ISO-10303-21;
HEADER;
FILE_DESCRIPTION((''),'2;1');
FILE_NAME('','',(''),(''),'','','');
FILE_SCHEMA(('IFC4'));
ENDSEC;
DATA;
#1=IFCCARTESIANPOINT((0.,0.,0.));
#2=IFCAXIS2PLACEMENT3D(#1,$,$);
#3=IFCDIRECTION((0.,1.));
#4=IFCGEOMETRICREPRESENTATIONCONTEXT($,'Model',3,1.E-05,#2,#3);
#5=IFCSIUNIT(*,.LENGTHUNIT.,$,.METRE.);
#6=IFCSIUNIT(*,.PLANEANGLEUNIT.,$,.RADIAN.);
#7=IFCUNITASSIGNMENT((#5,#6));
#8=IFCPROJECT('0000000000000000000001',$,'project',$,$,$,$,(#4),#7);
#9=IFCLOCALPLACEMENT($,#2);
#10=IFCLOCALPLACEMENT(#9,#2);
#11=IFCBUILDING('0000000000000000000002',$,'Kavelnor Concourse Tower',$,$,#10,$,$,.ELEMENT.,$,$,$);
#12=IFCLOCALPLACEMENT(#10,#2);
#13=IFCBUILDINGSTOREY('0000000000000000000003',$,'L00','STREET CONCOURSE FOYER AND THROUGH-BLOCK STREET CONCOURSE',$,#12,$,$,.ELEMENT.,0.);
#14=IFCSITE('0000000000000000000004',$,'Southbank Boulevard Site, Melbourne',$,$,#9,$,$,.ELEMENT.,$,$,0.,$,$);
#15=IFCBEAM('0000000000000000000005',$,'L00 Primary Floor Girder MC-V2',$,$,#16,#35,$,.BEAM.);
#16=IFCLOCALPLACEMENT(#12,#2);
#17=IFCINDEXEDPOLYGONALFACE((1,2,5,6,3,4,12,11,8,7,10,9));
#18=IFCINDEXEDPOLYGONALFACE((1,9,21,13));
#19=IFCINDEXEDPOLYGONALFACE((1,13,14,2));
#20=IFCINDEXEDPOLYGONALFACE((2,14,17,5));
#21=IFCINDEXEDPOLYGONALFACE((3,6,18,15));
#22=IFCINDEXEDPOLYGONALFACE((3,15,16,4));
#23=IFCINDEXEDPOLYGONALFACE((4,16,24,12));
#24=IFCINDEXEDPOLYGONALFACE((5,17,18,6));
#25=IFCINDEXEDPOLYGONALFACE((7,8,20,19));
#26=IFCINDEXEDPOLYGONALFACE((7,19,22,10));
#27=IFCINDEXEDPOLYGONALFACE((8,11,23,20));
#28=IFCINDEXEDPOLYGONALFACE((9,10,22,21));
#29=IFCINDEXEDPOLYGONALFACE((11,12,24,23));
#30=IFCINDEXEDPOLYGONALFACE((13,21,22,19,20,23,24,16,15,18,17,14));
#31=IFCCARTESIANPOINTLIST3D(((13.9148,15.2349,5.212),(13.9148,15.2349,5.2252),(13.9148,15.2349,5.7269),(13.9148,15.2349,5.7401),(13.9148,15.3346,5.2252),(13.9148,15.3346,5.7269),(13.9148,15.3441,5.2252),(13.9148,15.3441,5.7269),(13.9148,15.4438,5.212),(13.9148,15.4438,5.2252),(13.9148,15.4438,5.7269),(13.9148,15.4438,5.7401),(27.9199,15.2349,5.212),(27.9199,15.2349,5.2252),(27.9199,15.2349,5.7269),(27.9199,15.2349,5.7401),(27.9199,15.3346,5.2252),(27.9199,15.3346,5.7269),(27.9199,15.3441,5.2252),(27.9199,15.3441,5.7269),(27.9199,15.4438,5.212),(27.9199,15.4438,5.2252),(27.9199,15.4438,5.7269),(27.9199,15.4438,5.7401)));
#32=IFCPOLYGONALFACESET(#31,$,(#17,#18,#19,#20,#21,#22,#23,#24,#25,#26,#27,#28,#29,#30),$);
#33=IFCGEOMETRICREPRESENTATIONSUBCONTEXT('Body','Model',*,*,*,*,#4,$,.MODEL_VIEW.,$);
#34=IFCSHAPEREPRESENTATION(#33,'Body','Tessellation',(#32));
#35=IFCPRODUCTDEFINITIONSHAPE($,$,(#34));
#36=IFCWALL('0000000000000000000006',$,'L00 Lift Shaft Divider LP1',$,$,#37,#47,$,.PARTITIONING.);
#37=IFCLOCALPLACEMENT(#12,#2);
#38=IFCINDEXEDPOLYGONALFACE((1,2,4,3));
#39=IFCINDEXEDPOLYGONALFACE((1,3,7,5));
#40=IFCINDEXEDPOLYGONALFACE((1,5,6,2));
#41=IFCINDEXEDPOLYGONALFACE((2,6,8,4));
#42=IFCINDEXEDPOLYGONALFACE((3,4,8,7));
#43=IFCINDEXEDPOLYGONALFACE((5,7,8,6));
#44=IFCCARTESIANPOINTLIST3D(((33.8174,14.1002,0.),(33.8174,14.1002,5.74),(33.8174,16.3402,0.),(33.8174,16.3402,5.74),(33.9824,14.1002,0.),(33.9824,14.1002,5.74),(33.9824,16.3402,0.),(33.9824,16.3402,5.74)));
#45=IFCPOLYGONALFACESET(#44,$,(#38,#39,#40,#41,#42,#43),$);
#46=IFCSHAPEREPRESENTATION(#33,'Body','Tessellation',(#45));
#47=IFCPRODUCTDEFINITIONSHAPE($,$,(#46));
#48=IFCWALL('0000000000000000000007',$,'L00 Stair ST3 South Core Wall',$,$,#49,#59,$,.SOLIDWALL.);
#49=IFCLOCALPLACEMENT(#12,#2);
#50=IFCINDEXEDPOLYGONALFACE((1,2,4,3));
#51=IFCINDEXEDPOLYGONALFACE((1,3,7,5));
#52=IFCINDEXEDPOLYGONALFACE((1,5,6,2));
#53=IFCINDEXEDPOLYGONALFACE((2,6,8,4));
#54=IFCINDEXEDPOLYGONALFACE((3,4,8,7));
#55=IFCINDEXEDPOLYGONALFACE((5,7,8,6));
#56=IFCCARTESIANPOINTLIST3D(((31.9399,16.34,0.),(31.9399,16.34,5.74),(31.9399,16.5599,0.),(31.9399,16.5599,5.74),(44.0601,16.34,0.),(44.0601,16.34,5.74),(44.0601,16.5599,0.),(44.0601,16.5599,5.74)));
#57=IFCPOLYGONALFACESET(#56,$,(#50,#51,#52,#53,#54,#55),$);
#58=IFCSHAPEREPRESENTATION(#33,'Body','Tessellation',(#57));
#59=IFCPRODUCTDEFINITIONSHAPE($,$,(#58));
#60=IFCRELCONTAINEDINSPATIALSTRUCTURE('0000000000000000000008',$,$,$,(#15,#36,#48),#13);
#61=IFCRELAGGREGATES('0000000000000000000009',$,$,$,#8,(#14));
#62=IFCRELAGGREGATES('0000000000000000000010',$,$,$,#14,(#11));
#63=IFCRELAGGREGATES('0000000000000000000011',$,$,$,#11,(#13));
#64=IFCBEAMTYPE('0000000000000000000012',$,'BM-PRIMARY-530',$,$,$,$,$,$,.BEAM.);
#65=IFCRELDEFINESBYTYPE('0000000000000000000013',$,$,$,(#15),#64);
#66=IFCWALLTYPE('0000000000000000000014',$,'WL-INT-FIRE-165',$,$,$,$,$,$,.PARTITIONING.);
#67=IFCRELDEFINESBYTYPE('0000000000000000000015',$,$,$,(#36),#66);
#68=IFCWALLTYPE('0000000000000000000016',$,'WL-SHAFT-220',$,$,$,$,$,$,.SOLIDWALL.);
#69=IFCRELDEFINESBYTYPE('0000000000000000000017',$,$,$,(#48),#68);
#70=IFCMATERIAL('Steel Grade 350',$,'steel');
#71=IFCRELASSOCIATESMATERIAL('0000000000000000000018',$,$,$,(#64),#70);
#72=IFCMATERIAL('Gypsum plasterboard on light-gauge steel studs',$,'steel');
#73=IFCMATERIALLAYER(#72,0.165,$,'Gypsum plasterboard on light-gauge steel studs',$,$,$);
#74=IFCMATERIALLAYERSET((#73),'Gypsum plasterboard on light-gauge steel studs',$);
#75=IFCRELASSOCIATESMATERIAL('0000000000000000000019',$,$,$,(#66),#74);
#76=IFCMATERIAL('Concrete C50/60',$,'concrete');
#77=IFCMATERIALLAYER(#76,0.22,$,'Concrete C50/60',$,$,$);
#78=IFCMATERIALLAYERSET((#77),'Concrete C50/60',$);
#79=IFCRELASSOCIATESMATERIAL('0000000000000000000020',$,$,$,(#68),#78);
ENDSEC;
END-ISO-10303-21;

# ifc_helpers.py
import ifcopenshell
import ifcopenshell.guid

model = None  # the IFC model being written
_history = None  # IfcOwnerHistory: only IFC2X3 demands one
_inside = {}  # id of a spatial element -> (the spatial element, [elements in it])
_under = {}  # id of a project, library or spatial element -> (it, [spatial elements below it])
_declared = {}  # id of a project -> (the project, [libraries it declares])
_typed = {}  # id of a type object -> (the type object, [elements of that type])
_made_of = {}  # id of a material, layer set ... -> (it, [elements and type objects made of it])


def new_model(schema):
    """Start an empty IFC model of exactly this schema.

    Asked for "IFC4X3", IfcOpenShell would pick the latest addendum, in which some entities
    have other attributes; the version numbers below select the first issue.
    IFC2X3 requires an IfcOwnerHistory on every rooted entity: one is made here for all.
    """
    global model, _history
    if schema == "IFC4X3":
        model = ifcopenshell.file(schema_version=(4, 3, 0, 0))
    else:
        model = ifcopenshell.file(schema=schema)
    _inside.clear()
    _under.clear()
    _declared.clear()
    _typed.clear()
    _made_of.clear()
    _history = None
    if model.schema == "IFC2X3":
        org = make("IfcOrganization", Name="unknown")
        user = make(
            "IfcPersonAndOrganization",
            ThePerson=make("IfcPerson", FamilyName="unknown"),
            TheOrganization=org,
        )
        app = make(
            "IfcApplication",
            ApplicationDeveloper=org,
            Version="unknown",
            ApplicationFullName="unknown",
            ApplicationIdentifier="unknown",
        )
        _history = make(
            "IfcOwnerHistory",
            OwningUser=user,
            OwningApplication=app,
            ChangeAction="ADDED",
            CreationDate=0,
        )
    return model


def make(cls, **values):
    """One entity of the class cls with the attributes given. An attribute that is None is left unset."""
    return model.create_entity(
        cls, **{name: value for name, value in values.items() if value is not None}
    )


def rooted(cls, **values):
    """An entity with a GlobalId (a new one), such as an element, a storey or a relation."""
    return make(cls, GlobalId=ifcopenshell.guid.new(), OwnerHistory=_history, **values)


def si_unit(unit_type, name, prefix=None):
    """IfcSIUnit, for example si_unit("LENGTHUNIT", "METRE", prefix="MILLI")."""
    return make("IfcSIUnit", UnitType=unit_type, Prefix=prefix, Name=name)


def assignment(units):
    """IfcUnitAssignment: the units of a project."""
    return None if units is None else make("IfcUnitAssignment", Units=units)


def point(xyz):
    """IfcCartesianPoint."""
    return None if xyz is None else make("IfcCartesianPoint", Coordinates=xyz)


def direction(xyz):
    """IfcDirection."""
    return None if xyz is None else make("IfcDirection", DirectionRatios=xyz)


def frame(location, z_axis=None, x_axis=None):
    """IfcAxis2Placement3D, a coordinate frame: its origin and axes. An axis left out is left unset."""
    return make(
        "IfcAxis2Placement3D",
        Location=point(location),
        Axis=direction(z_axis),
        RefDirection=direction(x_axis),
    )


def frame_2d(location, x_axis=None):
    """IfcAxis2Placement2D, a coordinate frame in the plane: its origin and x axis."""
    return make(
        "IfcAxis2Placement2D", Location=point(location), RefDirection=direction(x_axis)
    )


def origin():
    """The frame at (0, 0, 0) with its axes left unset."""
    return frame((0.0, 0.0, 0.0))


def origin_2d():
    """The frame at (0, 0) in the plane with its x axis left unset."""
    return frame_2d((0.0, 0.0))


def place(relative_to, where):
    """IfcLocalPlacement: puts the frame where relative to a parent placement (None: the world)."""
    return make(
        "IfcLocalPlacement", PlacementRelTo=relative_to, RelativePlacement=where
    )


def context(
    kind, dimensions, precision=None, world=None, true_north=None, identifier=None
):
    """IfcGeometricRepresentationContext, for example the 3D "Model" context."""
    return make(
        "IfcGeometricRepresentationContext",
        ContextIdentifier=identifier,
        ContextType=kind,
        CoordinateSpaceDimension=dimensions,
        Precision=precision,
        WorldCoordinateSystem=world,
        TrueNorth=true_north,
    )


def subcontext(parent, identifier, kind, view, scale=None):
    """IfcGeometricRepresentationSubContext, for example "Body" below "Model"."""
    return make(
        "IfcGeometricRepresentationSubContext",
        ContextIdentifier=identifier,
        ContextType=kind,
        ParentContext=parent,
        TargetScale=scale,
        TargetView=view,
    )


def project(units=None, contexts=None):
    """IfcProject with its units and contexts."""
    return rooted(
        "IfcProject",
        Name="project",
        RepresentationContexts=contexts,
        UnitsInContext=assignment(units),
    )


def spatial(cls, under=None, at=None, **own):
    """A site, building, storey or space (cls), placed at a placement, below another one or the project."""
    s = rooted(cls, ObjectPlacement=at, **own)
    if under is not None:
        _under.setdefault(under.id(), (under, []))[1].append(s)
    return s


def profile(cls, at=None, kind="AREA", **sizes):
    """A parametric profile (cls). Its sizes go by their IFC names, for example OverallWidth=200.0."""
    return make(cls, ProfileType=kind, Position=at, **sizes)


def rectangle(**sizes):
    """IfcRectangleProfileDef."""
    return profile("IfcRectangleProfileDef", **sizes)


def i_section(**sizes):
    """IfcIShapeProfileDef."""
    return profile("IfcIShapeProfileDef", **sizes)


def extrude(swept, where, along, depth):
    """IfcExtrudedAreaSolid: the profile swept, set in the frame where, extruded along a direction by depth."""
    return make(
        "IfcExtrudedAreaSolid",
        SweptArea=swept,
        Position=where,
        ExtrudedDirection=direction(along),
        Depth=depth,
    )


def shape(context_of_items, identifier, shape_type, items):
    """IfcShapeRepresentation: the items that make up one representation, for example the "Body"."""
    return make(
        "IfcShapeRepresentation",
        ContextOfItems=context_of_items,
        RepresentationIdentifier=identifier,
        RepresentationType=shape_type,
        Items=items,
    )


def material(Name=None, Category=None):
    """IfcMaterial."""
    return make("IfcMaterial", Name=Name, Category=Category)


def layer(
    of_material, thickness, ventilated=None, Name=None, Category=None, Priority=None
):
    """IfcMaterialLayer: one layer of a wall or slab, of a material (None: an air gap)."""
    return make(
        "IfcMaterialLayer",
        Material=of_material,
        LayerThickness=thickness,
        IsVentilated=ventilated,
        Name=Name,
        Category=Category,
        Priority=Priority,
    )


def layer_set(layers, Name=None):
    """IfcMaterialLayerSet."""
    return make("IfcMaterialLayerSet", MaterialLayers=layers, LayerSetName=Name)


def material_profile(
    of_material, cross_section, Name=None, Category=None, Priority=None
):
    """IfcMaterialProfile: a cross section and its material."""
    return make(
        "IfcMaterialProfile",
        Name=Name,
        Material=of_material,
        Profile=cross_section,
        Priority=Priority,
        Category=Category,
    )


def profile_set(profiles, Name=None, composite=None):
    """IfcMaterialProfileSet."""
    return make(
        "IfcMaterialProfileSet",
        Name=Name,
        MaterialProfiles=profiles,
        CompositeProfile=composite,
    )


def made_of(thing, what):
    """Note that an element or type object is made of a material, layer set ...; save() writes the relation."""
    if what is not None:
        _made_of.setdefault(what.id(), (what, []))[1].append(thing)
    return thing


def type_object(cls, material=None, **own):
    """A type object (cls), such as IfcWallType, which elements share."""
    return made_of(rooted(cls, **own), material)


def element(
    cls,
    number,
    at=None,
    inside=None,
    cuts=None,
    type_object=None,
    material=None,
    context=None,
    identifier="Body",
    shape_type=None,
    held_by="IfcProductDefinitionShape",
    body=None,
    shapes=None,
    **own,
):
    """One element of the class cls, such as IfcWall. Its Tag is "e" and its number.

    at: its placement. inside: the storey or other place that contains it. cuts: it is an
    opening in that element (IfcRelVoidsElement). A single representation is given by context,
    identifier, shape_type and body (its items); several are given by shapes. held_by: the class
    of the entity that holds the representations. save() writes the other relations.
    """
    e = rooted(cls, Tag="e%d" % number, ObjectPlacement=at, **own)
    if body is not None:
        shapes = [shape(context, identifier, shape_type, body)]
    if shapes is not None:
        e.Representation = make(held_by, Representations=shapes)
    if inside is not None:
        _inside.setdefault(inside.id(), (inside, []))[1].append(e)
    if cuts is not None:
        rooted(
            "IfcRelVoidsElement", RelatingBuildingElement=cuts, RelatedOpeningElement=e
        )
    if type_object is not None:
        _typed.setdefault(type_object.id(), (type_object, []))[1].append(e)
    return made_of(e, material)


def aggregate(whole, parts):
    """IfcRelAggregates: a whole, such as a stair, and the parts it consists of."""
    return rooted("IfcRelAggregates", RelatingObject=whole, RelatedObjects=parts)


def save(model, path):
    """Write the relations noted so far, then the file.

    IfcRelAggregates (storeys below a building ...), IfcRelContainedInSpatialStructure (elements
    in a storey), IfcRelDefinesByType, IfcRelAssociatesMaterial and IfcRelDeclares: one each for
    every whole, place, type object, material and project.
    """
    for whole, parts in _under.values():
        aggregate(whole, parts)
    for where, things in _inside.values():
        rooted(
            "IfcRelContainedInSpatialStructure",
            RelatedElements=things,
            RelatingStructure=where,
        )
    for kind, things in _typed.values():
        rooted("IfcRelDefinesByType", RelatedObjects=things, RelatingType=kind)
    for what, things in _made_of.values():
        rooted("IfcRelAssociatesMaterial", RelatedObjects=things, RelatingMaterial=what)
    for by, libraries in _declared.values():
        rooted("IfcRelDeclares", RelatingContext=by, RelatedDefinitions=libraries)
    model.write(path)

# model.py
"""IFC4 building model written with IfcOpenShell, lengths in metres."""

from ifc_helpers import new_model, si_unit, direction, frame, frame_2d, origin, origin_2d, place, context, subcontext, project, spatial, rectangle, i_section, extrude, material, layer, layer_set, material_profile, profile_set, type_object, element, save


model = new_model("IFC4")

# Units and contexts
model_context = context("Model", 3, precision=1e-05, world=origin(), true_north=direction((0.0, 1.0)))
body_context = subcontext(model_context, "Body", "Model", "MODEL_VIEW")
ifc_project = project(units=[si_unit("LENGTHUNIT", "METRE"), si_unit("PLANEANGLEUNIT", "RADIAN")], contexts=[model_context])

# Site, building, storey
site_placement = place(None, origin())
site = spatial("IfcSite", under=ifc_project, at=site_placement, Name="Southbank Boulevard Site, Melbourne", CompositionType="ELEMENT", RefElevation=0.0)
building_placement = place(site_placement, origin())
building = spatial("IfcBuilding", under=site, at=building_placement, Name="Kavelnor Concourse Tower", CompositionType="ELEMENT")
storey_placement = place(building_placement, origin())
storey = spatial("IfcBuildingStorey", under=building, at=storey_placement, Name="L00", Description="STREET CONCOURSE FOYER AND THROUGH-BLOCK STREET CONCOURSE", CompositionType="ELEMENT", Elevation=0.0)

# Beam
ifc_material_1 = material(Name="Steel Grade 350", Category="steel")
ifc_material_profile = material_profile(ifc_material_1, i_section(OverallWidth=0.209, OverallDepth=0.5281, WebThickness=0.0095, FlangeThickness=0.0132, at=origin_2d()), Name="530UB82")
ifc_profile_set = profile_set([ifc_material_profile], Name="Steel Grade 350")
beam_type = type_object("IfcBeamType", Name="BM-PRIMARY-530", PredefinedType="BEAM", material=ifc_profile_set)
beam_placement = place(storey_placement, frame((27.9199, 15.3394, 5.4761), z_axis=(-1.0, 0.0, 0.0), x_axis=(0.0, -1.0, 0.0)))
element("IfcBeam", 1, at=beam_placement, inside=storey, type_object=beam_type, Name="L00 Primary Floor Girder MC-V2", PredefinedType="BEAM", context=body_context, shape_type="SweptSolid", body=[
    extrude(i_section(OverallWidth=0.209, OverallDepth=0.5281, WebThickness=0.0095, FlangeThickness=0.0132, at=origin_2d()), origin(), (0.0, 0.0, 1.0), 14.0051),
])

# Walls
ifc_material_2 = material(Name="Gypsum plasterboard on light-gauge steel studs", Category="steel")
ifc_layer_1 = layer(ifc_material_2, 0.165, Name="Gypsum plasterboard on light-gauge steel studs")
ifc_layer_set_1 = layer_set([ifc_layer_1], Name="Gypsum plasterboard on light-gauge steel studs")
wall_type_1 = type_object("IfcWallType", Name="WL-INT-FIRE-165", PredefinedType="PARTITIONING", material=ifc_layer_set_1)
wall_1_placement = place(storey_placement, frame((33.8999, 14.1001, 0.0), z_axis=(0.0, 0.0, 1.0), x_axis=(0.0, 1.0, 0.0)))
element("IfcWall", 2, at=wall_1_placement, inside=storey, type_object=wall_type_1, Name="L00 Lift Shaft Divider LP1", PredefinedType="PARTITIONING", context=body_context, shape_type="SweptSolid", body=[
    extrude(rectangle(XDim=2.24, YDim=0.165, at=frame_2d((1.1201, 0.0))), origin(), (0.0, 0.0, 1.0), 5.74),
])
ifc_material_3 = material(Name="Concrete C50/60", Category="concrete")
ifc_layer_2 = layer(ifc_material_3, 0.22, Name="Concrete C50/60")
ifc_layer_set_2 = layer_set([ifc_layer_2], Name="Concrete C50/60")
wall_type_2 = type_object("IfcWallType", Name="WL-SHAFT-220", PredefinedType="SOLIDWALL", material=ifc_layer_set_2)
wall_2_placement = place(storey_placement, frame((31.9399, 16.45, 0.0), z_axis=(0.0, 0.0, 1.0), x_axis=(1.0, 0.0, 0.0)))
element("IfcWall", 3, at=wall_2_placement, inside=storey, type_object=wall_type_2, Name="L00 Stair ST3 South Core Wall", PredefinedType="SOLIDWALL", context=body_context, shape_type="SweptSolid", body=[
    extrude(rectangle(XDim=12.1201, YDim=0.22, at=frame_2d((6.0601, 0.0))), origin(), (0.0, 0.0, 1.0), 5.74),
])

save(model, "model.ifc")
